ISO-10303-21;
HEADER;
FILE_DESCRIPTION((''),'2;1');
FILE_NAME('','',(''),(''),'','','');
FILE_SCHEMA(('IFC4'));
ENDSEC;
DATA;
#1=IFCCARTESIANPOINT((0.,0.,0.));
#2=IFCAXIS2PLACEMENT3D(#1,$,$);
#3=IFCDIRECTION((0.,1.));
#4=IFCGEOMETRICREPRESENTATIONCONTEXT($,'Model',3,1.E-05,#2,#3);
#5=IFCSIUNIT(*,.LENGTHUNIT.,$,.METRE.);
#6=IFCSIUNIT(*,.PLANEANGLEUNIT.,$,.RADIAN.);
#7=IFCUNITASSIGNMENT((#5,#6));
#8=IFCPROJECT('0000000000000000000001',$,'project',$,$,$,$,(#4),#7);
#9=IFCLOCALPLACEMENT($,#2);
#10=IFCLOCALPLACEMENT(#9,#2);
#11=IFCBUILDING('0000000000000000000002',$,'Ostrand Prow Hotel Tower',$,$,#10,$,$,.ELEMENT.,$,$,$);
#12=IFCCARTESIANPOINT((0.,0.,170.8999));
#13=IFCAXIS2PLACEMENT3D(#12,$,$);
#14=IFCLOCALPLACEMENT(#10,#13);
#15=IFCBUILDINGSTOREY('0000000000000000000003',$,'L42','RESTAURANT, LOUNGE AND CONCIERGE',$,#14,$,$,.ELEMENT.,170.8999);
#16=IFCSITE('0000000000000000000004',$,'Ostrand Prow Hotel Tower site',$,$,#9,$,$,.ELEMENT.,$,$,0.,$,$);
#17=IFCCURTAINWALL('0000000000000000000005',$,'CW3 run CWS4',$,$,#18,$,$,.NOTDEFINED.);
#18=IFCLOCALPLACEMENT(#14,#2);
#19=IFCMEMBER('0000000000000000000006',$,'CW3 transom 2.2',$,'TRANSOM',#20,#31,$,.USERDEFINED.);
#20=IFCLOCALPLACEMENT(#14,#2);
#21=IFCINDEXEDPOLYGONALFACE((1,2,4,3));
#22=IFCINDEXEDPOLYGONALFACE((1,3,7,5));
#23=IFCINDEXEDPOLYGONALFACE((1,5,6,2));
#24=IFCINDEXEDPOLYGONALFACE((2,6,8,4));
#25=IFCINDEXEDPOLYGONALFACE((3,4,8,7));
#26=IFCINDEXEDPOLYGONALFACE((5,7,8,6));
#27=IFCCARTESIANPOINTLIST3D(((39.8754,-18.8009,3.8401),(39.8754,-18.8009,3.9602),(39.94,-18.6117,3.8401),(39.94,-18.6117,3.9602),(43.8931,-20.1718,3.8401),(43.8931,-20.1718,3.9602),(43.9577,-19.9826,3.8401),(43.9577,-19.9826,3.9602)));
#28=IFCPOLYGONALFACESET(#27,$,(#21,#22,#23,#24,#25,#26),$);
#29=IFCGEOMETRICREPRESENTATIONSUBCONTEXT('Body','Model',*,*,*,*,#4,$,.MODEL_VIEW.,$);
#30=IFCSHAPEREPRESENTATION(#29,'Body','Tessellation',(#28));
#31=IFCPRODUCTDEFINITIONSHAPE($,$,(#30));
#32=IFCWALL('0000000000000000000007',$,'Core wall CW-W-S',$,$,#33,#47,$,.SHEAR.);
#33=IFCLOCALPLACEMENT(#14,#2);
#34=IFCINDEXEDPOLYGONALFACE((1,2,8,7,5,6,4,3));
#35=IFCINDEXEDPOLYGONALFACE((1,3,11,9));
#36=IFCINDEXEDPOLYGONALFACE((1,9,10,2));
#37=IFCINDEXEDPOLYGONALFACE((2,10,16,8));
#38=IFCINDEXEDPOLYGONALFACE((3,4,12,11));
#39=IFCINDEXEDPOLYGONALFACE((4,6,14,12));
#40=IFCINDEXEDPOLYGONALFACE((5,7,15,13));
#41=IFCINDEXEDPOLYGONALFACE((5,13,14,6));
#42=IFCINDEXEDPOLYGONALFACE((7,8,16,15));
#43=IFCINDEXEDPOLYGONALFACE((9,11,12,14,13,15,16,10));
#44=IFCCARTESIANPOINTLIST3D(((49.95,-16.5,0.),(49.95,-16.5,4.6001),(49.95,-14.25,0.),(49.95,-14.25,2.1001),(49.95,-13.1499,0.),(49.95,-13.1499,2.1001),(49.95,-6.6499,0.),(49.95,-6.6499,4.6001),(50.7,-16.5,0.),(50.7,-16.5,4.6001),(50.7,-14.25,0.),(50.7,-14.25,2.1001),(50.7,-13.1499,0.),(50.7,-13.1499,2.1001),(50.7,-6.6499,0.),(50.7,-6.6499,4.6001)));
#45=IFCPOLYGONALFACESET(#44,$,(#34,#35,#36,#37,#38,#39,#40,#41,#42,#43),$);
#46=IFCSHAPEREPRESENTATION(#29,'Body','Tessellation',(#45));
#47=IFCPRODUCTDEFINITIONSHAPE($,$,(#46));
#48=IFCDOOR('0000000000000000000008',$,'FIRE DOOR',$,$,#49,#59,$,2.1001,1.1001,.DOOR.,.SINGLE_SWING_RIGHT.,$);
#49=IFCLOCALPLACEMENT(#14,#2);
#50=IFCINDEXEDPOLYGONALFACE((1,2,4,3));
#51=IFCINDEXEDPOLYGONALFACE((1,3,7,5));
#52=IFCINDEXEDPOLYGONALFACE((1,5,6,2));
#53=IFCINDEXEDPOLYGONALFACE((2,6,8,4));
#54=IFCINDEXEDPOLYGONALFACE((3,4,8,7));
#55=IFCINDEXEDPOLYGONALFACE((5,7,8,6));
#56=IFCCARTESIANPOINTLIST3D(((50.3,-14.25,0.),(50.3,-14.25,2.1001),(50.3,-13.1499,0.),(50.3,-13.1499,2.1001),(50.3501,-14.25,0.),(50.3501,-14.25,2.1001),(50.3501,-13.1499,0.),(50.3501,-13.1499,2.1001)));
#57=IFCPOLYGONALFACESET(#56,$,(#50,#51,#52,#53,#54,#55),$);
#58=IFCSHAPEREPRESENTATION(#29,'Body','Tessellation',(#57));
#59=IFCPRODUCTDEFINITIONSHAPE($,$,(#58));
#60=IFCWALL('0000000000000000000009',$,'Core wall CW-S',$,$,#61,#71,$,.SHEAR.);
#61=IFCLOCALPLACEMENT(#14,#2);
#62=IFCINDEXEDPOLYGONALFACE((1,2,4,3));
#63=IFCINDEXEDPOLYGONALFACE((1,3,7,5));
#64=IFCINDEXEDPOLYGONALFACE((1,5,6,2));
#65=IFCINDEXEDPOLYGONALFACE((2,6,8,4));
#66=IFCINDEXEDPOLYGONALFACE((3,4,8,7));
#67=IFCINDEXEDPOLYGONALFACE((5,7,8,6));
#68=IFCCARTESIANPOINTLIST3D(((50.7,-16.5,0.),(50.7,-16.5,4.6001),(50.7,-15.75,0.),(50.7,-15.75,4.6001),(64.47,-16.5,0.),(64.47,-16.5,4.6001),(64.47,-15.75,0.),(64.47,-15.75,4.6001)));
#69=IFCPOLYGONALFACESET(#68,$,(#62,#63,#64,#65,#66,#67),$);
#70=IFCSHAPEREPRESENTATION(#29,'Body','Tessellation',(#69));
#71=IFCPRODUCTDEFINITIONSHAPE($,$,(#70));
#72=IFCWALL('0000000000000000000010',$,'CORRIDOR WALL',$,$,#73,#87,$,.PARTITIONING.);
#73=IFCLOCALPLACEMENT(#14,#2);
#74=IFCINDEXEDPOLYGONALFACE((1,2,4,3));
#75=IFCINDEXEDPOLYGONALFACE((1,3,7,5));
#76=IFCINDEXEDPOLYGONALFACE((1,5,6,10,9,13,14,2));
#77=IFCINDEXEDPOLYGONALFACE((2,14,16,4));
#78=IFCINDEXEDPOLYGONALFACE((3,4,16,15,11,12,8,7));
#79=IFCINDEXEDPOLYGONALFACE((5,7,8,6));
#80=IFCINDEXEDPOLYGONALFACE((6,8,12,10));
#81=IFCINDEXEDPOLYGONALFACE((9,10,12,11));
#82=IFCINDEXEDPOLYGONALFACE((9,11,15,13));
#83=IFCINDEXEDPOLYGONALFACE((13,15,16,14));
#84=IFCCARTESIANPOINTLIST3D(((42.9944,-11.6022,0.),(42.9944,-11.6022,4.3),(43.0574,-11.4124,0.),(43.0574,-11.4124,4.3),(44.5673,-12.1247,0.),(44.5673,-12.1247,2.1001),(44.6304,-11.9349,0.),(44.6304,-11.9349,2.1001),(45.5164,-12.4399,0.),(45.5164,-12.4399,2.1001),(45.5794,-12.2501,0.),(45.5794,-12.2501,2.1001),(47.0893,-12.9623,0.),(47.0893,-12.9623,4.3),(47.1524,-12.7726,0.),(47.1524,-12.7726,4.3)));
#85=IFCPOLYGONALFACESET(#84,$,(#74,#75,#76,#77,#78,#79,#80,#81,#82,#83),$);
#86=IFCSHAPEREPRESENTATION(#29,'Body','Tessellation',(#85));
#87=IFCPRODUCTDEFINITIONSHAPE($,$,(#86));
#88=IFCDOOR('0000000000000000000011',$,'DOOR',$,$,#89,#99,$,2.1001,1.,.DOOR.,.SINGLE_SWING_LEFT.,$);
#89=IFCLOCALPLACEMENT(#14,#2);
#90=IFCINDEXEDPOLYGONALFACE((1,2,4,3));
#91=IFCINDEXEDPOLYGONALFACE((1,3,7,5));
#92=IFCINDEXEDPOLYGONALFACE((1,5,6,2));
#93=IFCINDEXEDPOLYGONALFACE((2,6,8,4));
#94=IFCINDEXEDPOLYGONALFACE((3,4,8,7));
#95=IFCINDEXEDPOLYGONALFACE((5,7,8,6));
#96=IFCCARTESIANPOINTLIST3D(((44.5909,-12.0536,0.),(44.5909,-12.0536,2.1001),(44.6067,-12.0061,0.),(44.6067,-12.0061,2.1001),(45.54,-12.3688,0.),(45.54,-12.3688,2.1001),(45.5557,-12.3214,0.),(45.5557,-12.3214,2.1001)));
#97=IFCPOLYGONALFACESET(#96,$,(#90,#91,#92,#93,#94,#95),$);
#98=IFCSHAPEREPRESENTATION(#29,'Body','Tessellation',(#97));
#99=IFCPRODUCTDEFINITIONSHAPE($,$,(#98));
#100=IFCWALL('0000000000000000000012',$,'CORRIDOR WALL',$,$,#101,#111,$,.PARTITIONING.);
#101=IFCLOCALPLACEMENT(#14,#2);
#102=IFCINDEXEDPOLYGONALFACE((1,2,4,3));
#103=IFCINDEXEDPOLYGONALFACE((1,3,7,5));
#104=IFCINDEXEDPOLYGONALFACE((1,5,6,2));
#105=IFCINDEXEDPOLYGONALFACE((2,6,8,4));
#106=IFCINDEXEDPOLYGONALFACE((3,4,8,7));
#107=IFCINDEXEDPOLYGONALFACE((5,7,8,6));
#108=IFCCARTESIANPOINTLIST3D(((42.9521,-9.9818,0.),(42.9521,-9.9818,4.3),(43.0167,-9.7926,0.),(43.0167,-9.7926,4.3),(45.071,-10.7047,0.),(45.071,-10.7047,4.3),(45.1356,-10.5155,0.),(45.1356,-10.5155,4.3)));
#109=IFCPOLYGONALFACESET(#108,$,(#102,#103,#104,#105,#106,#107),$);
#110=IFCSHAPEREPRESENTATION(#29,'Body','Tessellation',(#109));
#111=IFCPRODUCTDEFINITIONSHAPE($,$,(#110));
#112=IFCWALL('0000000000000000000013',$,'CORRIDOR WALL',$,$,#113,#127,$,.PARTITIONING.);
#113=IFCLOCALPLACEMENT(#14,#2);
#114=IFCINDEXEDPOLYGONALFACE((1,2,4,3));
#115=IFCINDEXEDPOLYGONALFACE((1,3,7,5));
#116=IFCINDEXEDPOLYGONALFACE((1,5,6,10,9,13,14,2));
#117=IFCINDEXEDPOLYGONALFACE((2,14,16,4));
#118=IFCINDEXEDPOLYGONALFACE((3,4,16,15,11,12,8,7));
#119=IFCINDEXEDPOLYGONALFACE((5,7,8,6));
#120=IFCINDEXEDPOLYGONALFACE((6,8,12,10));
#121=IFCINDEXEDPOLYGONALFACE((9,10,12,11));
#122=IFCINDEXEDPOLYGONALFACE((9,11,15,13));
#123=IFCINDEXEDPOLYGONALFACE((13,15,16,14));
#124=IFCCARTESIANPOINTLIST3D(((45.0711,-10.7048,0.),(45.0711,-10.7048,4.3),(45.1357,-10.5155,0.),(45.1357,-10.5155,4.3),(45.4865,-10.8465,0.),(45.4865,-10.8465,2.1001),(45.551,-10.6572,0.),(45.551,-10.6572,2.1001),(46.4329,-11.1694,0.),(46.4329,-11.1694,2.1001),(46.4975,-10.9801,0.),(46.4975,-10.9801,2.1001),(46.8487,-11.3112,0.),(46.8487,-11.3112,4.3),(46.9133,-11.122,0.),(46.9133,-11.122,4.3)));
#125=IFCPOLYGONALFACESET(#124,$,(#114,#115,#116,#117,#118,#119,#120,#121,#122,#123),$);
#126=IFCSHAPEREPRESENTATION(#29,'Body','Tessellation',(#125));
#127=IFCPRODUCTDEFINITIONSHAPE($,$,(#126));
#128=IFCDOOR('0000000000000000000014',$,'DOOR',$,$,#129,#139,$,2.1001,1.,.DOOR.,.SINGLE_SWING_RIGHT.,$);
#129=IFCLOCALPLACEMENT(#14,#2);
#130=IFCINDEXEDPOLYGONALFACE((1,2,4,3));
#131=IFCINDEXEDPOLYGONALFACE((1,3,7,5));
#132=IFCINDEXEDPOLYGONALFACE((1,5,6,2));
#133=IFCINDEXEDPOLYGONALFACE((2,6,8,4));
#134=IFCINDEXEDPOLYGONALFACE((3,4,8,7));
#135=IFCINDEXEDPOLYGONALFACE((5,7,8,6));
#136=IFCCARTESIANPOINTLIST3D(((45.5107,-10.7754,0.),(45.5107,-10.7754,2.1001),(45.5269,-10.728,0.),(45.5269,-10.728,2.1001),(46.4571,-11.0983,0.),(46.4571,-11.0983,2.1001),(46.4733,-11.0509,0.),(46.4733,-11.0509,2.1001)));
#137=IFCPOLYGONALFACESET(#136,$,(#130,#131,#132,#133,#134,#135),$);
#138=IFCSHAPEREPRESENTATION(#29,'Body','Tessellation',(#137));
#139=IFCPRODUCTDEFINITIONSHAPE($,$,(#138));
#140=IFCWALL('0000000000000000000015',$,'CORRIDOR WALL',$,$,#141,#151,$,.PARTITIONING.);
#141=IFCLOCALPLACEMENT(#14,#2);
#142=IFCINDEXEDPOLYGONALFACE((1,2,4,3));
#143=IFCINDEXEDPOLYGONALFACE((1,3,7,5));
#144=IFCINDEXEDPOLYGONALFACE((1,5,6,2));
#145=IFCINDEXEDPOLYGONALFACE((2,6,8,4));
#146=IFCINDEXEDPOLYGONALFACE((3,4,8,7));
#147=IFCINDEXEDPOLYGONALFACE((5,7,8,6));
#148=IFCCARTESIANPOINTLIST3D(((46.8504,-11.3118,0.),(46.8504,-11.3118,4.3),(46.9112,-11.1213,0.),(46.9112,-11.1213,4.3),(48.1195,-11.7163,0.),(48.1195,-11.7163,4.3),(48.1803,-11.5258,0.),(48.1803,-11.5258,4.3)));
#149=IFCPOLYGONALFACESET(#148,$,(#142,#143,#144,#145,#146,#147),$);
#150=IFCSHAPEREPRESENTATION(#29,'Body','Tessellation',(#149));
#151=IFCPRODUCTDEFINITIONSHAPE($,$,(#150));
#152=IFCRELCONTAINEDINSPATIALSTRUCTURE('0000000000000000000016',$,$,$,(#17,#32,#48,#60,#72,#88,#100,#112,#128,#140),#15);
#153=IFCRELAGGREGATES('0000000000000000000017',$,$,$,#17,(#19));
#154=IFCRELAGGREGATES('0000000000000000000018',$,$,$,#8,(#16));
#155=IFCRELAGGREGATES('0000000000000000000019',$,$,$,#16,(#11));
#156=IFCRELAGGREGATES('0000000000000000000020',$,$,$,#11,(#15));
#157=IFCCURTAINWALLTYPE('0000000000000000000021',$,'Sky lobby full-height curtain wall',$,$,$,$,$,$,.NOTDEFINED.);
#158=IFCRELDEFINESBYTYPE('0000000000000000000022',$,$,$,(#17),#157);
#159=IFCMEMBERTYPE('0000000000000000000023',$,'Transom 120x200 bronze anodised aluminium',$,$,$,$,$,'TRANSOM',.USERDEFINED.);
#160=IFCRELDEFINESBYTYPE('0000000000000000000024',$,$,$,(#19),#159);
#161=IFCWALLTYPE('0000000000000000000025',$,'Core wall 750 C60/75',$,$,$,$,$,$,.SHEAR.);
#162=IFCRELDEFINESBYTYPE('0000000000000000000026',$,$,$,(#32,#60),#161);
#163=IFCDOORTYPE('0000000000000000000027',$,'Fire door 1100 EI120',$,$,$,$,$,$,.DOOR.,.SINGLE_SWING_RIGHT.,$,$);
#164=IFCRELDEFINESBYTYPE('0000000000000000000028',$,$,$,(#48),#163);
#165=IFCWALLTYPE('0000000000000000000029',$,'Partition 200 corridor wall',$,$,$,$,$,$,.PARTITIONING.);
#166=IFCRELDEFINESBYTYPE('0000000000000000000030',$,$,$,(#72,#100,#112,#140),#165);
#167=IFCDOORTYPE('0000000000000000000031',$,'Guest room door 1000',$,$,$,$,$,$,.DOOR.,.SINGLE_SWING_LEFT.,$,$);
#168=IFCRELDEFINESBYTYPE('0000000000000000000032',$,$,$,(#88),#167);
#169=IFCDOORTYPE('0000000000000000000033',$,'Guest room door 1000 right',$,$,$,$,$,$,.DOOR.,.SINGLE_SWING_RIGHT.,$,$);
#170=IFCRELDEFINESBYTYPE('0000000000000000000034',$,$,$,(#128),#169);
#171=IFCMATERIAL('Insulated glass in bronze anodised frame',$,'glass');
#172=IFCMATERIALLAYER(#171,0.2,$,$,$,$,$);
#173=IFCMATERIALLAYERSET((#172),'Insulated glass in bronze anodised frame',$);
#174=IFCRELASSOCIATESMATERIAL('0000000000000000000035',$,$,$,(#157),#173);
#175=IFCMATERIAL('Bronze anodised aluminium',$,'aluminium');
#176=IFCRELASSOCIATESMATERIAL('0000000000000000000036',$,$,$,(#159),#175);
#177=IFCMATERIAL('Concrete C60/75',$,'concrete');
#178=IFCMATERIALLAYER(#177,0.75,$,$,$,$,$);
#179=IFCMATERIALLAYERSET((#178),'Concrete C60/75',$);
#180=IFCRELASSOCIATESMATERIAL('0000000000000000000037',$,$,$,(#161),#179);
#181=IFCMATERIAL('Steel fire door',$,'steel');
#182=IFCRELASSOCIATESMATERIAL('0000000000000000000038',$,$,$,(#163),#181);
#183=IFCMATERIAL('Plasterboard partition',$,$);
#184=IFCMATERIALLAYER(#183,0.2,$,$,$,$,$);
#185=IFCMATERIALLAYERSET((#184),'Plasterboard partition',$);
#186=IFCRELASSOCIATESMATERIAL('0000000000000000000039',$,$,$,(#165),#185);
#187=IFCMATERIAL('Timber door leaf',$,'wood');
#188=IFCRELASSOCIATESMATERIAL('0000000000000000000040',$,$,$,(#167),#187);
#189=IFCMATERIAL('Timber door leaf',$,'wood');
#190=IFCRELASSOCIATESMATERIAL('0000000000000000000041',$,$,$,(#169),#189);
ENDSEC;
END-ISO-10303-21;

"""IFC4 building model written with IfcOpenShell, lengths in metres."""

from ifc_helpers import new_model, si_unit, direction, frame, frame_2d, origin, origin_2d, place, context, subcontext, project, spatial, rectangle, extrude, material, layer, layer_set, material_profile, profile_set, type_object, element, fill, aggregate, save


model = new_model("IFC4")

# Units and contexts
model_context = context("Model", 3, precision=1e-05, world=origin(), true_north=direction((0.0, 1.0)))
body_context = subcontext(model_context, "Body", "Model", "MODEL_VIEW")
ifc_project = project(units=[si_unit("LENGTHUNIT", "METRE"), si_unit("PLANEANGLEUNIT", "RADIAN")], contexts=[model_context])

# Site, building, storey
site_placement = place(None, origin())
site = spatial("IfcSite", under=ifc_project, at=site_placement, Name="Ostrand Prow Hotel Tower site", CompositionType="ELEMENT", RefElevation=0.0)
building_placement = place(site_placement, origin())
building = spatial("IfcBuilding", under=site, at=building_placement, Name="Ostrand Prow Hotel Tower", CompositionType="ELEMENT")
storey_placement = place(building_placement, frame((0.0, 0.0, 170.8999)))
storey = spatial("IfcBuildingStorey", under=building, at=storey_placement, Name="L42", Description="RESTAURANT, LOUNGE AND CONCIERGE", CompositionType="ELEMENT", Elevation=170.8999)

# Curtain wall, member
ifc_material_1 = material(Name="Insulated glass in bronze anodised frame", Category="glass")
ifc_layer_1 = layer(ifc_material_1, 0.2)
ifc_layer_set_1 = layer_set([ifc_layer_1], Name="Insulated glass in bronze anodised frame")
curtain_wall_type = type_object("IfcCurtainWallType", Name="Sky lobby full-height curtain wall", PredefinedType="NOTDEFINED", material=ifc_layer_set_1)
curtain_wall_placement = place(storey_placement, origin())
curtain_wall = element("IfcCurtainWall", 1, at=curtain_wall_placement, inside=storey, type_object=curtain_wall_type, Name="CW3 run CWS4", PredefinedType="NOTDEFINED")
ifc_material_2 = material(Name="Bronze anodised aluminium", Category="aluminium")
ifc_material_profile = material_profile(ifc_material_2, rectangle(XDim=0.2, YDim=0.1201, at=origin_2d()), Name="Transom 120x200 bronze anodised aluminium")
ifc_profile_set = profile_set([ifc_material_profile], Name="Bronze anodised aluminium")
member_type = type_object("IfcMemberType", Name="Transom 120x200 bronze anodised aluminium", ElementType="TRANSOM", PredefinedType="USERDEFINED", material=ifc_profile_set)
member_placement = place(storey_placement, frame((39.9077, -18.7063, 3.9001), z_axis=(0.946422, -0.322932, 0.0), x_axis=(0.322932, 0.946422, 0.0)))
member = element("IfcMember", 2, at=member_placement, type_object=member_type, Name="CW3 transom 2.2", ObjectType="TRANSOM", PredefinedType="USERDEFINED", context=body_context, shape_type="SweptSolid", body=[
    extrude(rectangle(XDim=0.2, YDim=0.1201, at=origin_2d()), origin(), (0.0, 0.0, 1.0), 4.2451),
])
aggregate(curtain_wall, [member])

# Wall, opening, door
ifc_material_3 = material(Name="Concrete C60/75", Category="concrete")
ifc_layer_2 = layer(ifc_material_3, 0.75)
ifc_layer_set_2 = layer_set([ifc_layer_2], Name="Concrete C60/75")
wall_type_1 = type_object("IfcWallType", Name="Core wall 750 C60/75", PredefinedType="SHEAR", material=ifc_layer_set_2)
wall_1_placement = place(storey_placement, frame((50.325, -16.5, 0.0), z_axis=(0.0, 0.0, 1.0), x_axis=(0.0, 1.0, 0.0)))
wall_1 = element("IfcWall", 3, at=wall_1_placement, inside=storey, type_object=wall_type_1, Name="Core wall CW-W-S", PredefinedType="SHEAR", context=body_context, shape_type="SweptSolid", body=[
    extrude(rectangle(XDim=9.8501, YDim=0.75, at=frame_2d((4.925, 0.0))), origin(), (0.0, 0.0, 1.0), 4.6001),
])
opening_1_placement = place(wall_1_placement, frame((2.25, 0.0, 0.0)))
opening_1 = element("IfcOpeningElement", 4, at=opening_1_placement, cuts=wall_1, PredefinedType="OPENING", context=body_context, shape_type="SweptSolid", body=[
    extrude(rectangle(XDim=1.1001, YDim=2.1001, at=frame_2d((0.55, 1.05))), frame((0.0, 0.385, 0.0), z_axis=(0.0, -1.0, 0.0), x_axis=(1.0, 0.0, 0.0)), (0.0, 0.0, 1.0), 0.77),
])
ifc_material_4 = material(Name="Steel fire door", Category="steel")
door_type_1 = type_object("IfcDoorType", Name="Fire door 1100 EI120", OperationType="SINGLE_SWING_RIGHT", PredefinedType="DOOR", material=ifc_material_4)
door_1_placement = place(opening_1_placement, origin())
door_1 = element("IfcDoor", 5, at=door_1_placement, inside=storey, type_object=door_type_1, Name="FIRE DOOR", OperationType="SINGLE_SWING_RIGHT", OverallHeight=2.1001, OverallWidth=1.1001, PredefinedType="DOOR", context=body_context, shape_type="SweptSolid", body=[
    extrude(rectangle(XDim=1.1001, YDim=2.1001, at=frame_2d((0.55, 1.05))), frame((0.0, 0.0249, 0.0), z_axis=(0.0, -1.0, 0.0), x_axis=(1.0, 0.0, 0.0)), (0.0, 0.0, 1.0), 0.05),
])
fill(opening_1, door_1)

# Wall
wall_2_placement = place(storey_placement, frame((50.7, -16.125, 0.0), z_axis=(0.0, 0.0, 1.0), x_axis=(1.0, 0.0, 0.0)))
element("IfcWall", 6, at=wall_2_placement, inside=storey, type_object=wall_type_1, Name="Core wall CW-S", PredefinedType="SHEAR", context=body_context, shape_type="SweptSolid", body=[
    extrude(rectangle(XDim=13.77, YDim=0.75, at=frame_2d((6.885, 0.0))), origin(), (0.0, 0.0, 1.0), 4.6001),
])

# Wall, opening, door
ifc_material_5 = material(Name="Plasterboard partition")
ifc_layer_3 = layer(ifc_material_5, 0.2)
ifc_layer_set_3 = layer_set([ifc_layer_3], Name="Plasterboard partition")
wall_type_2 = type_object("IfcWallType", Name="Partition 200 corridor wall", PredefinedType="PARTITIONING", material=ifc_layer_set_3)
wall_3_placement = place(storey_placement, frame((43.0259, -11.5073, 0.0), z_axis=(0.0, 0.0, 1.0), x_axis=(0.949022, -0.315209, 0.0)))
wall_3 = element("IfcWall", 7, at=wall_3_placement, inside=storey, type_object=wall_type_2, Name="CORRIDOR WALL", PredefinedType="PARTITIONING", context=body_context, shape_type="SweptSolid", body=[
    extrude(rectangle(XDim=4.3149, YDim=0.2, at=frame_2d((2.1575, 0.0))), origin(), (0.0, 0.0, 1.0), 4.3),
])
opening_2_placement = place(wall_3_placement, frame((1.6575, 0.0, 0.0)))
opening_2 = element("IfcOpeningElement", 8, at=opening_2_placement, cuts=wall_3, PredefinedType="OPENING", context=body_context, shape_type="SweptSolid", body=[
    extrude(rectangle(XDim=1.0, YDim=2.1001, at=frame_2d((0.5, 1.05))), frame((0.0, 0.1099, 0.0), z_axis=(0.0, -1.0, 0.0), x_axis=(1.0, 0.0, 0.0)), (0.0, 0.0, 1.0), 0.22),
])
ifc_material_6 = material(Name="Timber door leaf", Category="wood")
door_type_2 = type_object("IfcDoorType", Name="Guest room door 1000", OperationType="SINGLE_SWING_LEFT", PredefinedType="DOOR", material=ifc_material_6)
door_2_placement = place(opening_2_placement, origin())
door_2 = element("IfcDoor", 9, at=door_2_placement, inside=storey, type_object=door_type_2, Name="DOOR", OperationType="SINGLE_SWING_LEFT", OverallHeight=2.1001, OverallWidth=1.0, PredefinedType="DOOR", context=body_context, shape_type="SweptSolid", body=[
    extrude(rectangle(XDim=1.0, YDim=2.1001, at=frame_2d((0.5, 1.05))), frame((0.0, 0.0249, 0.0), z_axis=(0.0, -1.0, 0.0), x_axis=(1.0, 0.0, 0.0)), (0.0, 0.0, 1.0), 0.05),
])
fill(opening_2, door_2)

# Wall
wall_4_placement = place(storey_placement, frame((45.1033, -10.6101, 0.0), z_axis=(0.0, 0.0, 1.0), x_axis=(-0.946435, 0.322894, 0.0)))
element("IfcWall", 10, at=wall_4_placement, inside=storey, type_object=wall_type_2, Name="CORRIDOR WALL", PredefinedType="PARTITIONING", context=body_context, shape_type="SweptSolid", body=[
    extrude(rectangle(XDim=2.2388, YDim=0.2, at=frame_2d((1.1194, 0.0))), origin(), (0.0, 0.0, 1.0), 4.3),
])

# Wall, opening, door
wall_5_placement = place(storey_placement, frame((46.8809, -11.2166, 0.0), z_axis=(0.0, 0.0, 1.0), x_axis=(-0.946437, 0.322888, 0.0)))
wall_5 = element("IfcWall", 11, at=wall_5_placement, inside=storey, type_object=wall_type_2, Name="CORRIDOR WALL", PredefinedType="PARTITIONING", context=body_context, shape_type="SweptSolid", body=[
    extrude(rectangle(XDim=1.8782, YDim=0.2, at=frame_2d((0.939, 0.0))), origin(), (0.0, 0.0, 1.0), 4.3),
])
opening_3_placement = place(wall_5_placement, frame((0.4392, 0.0, 0.0)))
opening_3 = element("IfcOpeningElement", 12, at=opening_3_placement, cuts=wall_5, PredefinedType="OPENING", context=body_context, shape_type="SweptSolid", body=[
    extrude(rectangle(XDim=1.0, YDim=2.1001, at=frame_2d((0.5, 1.05))), frame((0.0, 0.1099, 0.0), z_axis=(0.0, -1.0, 0.0), x_axis=(1.0, 0.0, 0.0)), (0.0, 0.0, 1.0), 0.22),
])
ifc_material_7 = material(Name="Timber door leaf", Category="wood")
door_type_3 = type_object("IfcDoorType", Name="Guest room door 1000 right", OperationType="SINGLE_SWING_RIGHT", PredefinedType="DOOR", material=ifc_material_7)
door_3_placement = place(opening_3_placement, origin())
door_3 = element("IfcDoor", 13, at=door_3_placement, inside=storey, type_object=door_type_3, Name="DOOR", OperationType="SINGLE_SWING_RIGHT", OverallHeight=2.1001, OverallWidth=1.0, PredefinedType="DOOR", context=body_context, shape_type="SweptSolid", body=[
    extrude(rectangle(XDim=1.0, YDim=2.1001, at=frame_2d((0.5, 1.05))), frame((0.0, 0.0249, 0.0), z_axis=(0.0, -1.0, 0.0), x_axis=(1.0, 0.0, 0.0)), (0.0, 0.0, 1.0), 0.05),
])
fill(opening_3, door_3)

# Wall
wall_6_placement = place(storey_placement, frame((48.1499, -11.6211, 0.0), z_axis=(0.0, 0.0, 1.0), x_axis=(-0.952762, 0.303718, 0.0)))
element("IfcWall", 14, at=wall_6_placement, inside=storey, type_object=wall_type_2, Name="CORRIDOR WALL", PredefinedType="PARTITIONING", context=body_context, shape_type="SweptSolid", body=[
    extrude(rectangle(XDim=1.332, YDim=0.2, at=frame_2d((0.666, 0.0))), origin(), (0.0, 0.0, 1.0), 4.3),
])

save(model, "model.ifc")
